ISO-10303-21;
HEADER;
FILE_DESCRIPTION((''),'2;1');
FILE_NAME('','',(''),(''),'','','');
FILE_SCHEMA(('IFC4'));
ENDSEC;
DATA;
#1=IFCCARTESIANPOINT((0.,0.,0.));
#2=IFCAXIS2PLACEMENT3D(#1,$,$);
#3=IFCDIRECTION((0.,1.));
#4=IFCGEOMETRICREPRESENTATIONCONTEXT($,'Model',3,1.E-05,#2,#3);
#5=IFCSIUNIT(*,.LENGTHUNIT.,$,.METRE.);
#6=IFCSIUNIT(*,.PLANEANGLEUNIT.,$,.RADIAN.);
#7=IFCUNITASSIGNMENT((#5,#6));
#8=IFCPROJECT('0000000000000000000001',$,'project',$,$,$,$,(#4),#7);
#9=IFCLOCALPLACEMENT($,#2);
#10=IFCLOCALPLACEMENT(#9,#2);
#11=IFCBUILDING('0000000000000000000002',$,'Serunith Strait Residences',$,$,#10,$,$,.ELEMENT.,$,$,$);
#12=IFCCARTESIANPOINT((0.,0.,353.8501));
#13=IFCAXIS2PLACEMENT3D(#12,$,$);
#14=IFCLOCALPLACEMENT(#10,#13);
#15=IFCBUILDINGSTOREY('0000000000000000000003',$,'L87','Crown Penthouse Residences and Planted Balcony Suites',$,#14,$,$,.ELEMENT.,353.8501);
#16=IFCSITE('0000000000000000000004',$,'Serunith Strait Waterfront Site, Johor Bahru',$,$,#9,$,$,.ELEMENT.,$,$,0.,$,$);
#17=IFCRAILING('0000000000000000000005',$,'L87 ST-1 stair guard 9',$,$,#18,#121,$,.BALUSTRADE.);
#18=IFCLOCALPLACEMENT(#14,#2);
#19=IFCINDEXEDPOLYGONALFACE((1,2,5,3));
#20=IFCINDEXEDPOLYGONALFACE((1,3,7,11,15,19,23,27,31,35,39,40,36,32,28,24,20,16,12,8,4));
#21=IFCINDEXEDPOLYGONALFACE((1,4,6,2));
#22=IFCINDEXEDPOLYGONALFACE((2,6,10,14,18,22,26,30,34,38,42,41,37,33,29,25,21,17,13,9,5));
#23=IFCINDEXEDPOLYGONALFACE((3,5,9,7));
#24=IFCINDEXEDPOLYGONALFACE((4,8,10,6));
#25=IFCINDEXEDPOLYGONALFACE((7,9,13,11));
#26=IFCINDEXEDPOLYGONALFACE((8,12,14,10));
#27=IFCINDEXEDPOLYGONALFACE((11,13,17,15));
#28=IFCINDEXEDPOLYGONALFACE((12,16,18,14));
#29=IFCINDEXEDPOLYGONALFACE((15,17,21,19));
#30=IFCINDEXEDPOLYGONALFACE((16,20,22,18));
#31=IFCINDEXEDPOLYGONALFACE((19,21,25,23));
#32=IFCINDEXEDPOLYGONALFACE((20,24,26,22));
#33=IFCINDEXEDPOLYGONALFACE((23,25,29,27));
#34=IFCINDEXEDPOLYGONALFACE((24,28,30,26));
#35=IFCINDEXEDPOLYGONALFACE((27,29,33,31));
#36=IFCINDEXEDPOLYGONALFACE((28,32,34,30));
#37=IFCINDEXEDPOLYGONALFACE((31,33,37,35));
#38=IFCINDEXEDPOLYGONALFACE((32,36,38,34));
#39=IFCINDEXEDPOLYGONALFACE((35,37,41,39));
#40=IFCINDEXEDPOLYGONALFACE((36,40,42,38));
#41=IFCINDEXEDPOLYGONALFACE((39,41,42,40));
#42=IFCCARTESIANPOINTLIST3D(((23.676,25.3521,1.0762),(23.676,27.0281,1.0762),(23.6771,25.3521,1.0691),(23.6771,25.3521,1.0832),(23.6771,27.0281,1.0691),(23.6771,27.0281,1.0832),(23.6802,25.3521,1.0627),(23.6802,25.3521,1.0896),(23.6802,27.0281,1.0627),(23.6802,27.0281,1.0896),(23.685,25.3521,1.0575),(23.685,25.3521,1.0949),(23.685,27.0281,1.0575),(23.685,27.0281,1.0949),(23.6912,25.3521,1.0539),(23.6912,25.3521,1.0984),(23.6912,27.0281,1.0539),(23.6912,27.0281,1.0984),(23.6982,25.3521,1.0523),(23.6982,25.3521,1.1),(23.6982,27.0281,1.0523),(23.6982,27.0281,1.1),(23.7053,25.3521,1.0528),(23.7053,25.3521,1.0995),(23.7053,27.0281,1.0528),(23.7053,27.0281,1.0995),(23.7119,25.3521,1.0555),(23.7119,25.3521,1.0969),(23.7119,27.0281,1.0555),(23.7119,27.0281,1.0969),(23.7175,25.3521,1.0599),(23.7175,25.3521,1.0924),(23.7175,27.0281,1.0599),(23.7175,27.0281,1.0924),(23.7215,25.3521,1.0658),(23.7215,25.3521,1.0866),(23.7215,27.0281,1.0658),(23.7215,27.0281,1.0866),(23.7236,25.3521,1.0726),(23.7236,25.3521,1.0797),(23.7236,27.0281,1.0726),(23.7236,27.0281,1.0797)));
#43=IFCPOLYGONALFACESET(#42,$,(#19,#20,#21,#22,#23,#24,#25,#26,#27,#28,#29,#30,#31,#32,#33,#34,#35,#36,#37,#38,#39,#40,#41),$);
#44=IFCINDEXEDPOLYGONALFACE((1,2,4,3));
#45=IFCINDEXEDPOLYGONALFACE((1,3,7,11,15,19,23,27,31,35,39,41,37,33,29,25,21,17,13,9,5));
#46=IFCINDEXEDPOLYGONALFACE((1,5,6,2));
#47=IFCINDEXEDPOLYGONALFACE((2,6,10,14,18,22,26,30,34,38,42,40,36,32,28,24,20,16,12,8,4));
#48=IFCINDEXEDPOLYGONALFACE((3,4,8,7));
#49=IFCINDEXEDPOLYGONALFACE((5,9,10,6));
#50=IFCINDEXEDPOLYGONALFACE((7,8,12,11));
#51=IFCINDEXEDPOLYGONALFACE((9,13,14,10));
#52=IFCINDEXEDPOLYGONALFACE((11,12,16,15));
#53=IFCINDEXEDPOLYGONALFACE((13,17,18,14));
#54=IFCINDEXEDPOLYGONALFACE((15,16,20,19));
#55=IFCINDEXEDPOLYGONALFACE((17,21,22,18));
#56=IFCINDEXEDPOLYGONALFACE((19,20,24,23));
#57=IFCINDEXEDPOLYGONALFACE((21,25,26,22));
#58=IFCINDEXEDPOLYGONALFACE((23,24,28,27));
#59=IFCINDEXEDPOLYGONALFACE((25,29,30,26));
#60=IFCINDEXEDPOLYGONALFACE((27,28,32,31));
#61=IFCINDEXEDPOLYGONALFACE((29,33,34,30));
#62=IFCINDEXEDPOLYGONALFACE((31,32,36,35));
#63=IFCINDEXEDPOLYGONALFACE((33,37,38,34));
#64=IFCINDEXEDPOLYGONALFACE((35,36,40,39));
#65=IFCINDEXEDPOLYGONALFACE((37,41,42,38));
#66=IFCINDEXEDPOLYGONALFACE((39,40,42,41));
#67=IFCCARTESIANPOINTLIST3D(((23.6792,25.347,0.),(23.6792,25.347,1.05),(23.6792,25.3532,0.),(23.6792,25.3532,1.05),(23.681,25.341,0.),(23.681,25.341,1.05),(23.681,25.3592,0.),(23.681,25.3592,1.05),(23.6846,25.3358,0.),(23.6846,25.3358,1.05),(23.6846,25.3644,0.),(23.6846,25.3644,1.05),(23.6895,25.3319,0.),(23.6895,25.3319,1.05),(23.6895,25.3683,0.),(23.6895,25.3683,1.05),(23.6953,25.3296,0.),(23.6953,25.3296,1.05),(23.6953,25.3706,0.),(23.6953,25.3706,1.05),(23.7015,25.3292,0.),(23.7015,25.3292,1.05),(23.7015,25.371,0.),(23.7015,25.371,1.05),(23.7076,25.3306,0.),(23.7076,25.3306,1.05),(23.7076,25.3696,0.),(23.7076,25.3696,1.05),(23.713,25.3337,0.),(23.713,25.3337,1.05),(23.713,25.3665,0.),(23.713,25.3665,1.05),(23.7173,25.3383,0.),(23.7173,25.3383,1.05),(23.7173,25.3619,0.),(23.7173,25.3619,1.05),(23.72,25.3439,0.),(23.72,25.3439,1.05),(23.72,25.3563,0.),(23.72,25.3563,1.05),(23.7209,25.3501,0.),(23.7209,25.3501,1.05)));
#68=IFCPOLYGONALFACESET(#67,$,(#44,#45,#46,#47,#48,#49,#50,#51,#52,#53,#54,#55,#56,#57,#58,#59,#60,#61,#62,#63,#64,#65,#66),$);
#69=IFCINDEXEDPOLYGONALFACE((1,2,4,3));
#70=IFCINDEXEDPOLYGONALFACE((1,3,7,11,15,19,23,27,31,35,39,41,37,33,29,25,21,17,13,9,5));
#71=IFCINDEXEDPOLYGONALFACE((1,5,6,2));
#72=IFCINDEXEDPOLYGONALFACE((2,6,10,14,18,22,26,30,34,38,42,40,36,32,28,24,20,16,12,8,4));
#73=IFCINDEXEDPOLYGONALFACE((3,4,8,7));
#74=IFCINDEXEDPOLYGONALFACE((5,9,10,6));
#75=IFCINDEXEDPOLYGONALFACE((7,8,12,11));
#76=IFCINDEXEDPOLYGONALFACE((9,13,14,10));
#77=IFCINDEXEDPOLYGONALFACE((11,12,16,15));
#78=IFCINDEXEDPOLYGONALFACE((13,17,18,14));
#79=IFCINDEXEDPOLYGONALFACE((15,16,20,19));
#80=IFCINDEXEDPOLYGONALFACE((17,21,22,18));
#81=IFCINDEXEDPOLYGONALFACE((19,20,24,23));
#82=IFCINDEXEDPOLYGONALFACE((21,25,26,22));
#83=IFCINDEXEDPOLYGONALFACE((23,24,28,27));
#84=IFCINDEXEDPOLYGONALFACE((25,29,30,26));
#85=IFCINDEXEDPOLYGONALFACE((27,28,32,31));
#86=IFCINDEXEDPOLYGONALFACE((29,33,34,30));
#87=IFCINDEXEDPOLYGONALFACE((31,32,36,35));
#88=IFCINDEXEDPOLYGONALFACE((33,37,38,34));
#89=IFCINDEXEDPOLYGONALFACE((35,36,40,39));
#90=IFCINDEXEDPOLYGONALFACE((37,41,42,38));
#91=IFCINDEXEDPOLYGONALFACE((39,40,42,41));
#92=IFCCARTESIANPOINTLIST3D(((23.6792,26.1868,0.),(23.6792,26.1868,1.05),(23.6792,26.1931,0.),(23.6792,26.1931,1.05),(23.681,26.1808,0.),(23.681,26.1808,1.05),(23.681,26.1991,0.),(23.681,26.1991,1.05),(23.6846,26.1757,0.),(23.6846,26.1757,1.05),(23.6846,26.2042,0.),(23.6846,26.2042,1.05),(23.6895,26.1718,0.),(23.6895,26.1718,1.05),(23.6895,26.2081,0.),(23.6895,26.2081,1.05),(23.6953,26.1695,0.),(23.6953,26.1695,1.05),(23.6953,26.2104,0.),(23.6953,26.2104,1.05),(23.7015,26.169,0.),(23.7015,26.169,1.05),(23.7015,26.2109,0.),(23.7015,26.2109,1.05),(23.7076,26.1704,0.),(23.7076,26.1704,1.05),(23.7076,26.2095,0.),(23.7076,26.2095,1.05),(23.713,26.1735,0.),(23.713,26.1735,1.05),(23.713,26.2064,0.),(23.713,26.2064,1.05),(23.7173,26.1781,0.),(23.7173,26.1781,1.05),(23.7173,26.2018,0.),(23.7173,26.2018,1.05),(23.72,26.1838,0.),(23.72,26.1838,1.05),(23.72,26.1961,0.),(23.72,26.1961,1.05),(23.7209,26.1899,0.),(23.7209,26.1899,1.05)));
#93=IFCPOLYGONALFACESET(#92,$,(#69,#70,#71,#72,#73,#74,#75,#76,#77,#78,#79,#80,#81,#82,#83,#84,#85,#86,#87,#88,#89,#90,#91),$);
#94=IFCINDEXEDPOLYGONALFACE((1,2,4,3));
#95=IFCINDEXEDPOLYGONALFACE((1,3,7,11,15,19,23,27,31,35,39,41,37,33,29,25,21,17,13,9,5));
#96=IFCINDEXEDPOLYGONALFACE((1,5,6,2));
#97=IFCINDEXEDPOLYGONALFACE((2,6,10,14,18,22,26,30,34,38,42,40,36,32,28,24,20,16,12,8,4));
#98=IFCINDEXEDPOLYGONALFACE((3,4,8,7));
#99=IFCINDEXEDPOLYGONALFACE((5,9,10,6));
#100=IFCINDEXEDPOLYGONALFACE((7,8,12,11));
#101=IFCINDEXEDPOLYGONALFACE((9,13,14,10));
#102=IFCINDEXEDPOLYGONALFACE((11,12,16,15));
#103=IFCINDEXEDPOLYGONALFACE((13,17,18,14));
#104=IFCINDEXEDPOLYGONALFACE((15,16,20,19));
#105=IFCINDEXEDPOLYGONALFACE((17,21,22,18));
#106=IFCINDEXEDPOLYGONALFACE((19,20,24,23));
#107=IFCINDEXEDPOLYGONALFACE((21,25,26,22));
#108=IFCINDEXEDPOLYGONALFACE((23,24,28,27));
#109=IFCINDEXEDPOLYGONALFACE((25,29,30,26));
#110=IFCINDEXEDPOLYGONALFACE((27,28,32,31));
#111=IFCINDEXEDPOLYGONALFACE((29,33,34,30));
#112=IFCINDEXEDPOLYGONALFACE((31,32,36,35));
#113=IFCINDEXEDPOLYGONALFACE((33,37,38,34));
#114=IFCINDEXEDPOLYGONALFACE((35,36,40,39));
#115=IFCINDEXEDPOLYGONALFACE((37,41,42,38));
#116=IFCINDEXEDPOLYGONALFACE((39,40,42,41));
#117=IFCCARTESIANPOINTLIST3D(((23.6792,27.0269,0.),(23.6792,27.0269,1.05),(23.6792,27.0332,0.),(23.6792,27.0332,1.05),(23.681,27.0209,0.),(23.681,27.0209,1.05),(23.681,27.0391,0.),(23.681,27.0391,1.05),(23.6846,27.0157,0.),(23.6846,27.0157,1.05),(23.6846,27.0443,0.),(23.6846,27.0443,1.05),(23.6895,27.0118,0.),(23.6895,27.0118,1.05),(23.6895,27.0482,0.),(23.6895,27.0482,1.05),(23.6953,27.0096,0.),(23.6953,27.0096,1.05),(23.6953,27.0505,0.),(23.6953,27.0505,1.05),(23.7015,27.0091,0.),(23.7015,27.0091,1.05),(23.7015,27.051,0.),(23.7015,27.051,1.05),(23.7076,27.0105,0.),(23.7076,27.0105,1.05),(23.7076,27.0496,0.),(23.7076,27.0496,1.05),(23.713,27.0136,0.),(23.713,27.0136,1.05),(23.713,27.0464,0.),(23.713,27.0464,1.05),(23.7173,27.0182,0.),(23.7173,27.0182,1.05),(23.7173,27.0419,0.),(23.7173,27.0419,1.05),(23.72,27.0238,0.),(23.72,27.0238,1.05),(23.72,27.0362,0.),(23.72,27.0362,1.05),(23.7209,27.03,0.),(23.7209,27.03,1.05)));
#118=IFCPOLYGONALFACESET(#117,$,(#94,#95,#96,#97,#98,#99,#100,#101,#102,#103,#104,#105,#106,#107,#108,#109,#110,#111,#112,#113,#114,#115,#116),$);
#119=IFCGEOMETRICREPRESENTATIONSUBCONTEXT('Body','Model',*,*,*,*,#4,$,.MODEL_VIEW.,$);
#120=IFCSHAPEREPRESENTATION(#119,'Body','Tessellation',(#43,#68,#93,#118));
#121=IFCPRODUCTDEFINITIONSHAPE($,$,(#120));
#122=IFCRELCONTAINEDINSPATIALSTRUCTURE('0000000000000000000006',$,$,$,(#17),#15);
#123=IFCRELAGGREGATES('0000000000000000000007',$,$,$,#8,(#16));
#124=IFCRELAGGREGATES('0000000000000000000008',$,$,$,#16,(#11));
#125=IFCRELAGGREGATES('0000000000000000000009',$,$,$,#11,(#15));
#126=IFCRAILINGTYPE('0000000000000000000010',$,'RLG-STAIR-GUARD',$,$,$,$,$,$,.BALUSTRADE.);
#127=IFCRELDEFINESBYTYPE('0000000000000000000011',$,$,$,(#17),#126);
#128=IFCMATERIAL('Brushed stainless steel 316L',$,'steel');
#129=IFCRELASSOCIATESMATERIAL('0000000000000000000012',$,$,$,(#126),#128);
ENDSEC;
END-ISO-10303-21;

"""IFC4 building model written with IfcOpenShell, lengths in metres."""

from ifc_helpers import new_model, si_unit, direction, frame, origin, origin_2d, place, context, subcontext, project, spatial, circle, extrude, material, type_object, element, save


model = new_model("IFC4")

# Units and contexts
model_context = context("Model", 3, precision=1e-05, world=origin(), true_north=direction((0.0, 1.0)))
body_context = subcontext(model_context, "Body", "Model", "MODEL_VIEW")
ifc_project = project(units=[si_unit("LENGTHUNIT", "METRE"), si_unit("PLANEANGLEUNIT", "RADIAN")], contexts=[model_context])

# Site, building, storey
site_placement = place(None, origin())
site = spatial("IfcSite", under=ifc_project, at=site_placement, Name="Serunith Strait Waterfront Site, Johor Bahru", CompositionType="ELEMENT", RefElevation=0.0)
building_placement = place(site_placement, origin())
building = spatial("IfcBuilding", under=site, at=building_placement, Name="Serunith Strait Residences", CompositionType="ELEMENT")
storey_placement = place(building_placement, frame((0.0, 0.0, 353.8501)))
storey = spatial("IfcBuildingStorey", under=building, at=storey_placement, Name="L87", Description="Crown Penthouse Residences and Planted Balcony Suites", CompositionType="ELEMENT", Elevation=353.8501)

# Railing
ifc_material_1 = material(Name="Brushed stainless steel 316L", Category="steel")
railing_type_1 = type_object("IfcRailingType", Name="RLG-STAIR-GUARD", PredefinedType="BALUSTRADE", material=ifc_material_1)
for number, where, name in (
    (1, (23.7, 25.3501, 0.0), "L87 ST-1 stair guard 9"),
):
    element("IfcRailing", number, at=place(storey_placement, frame(where)), inside=storey, type_object=railing_type_1, Name=name, PredefinedType="BALUSTRADE", context=body_context, shape_type="SweptSolid", body=[
        extrude(circle(Radius=0.0239, at=origin_2d()), frame((0.0, 0.002, 1.0762), z_axis=(0.0, 1.0, 0.0), x_axis=(-1.0, 0.0, 0.0)), (0.0, 0.0, 1.0), 1.676),
        extrude(circle(Radius=0.021, at=origin_2d()), origin(), (0.0, 0.0, 1.0), 1.05),
        extrude(circle(Radius=0.021, at=origin_2d()), frame((0.0, 0.8398, 0.0)), (0.0, 0.0, 1.0), 1.05),
        extrude(circle(Radius=0.021, at=origin_2d()), frame((0.0, 1.6799, 0.0)), (0.0, 0.0, 1.0), 1.05),
    ])

save(model, "model.ifc")
